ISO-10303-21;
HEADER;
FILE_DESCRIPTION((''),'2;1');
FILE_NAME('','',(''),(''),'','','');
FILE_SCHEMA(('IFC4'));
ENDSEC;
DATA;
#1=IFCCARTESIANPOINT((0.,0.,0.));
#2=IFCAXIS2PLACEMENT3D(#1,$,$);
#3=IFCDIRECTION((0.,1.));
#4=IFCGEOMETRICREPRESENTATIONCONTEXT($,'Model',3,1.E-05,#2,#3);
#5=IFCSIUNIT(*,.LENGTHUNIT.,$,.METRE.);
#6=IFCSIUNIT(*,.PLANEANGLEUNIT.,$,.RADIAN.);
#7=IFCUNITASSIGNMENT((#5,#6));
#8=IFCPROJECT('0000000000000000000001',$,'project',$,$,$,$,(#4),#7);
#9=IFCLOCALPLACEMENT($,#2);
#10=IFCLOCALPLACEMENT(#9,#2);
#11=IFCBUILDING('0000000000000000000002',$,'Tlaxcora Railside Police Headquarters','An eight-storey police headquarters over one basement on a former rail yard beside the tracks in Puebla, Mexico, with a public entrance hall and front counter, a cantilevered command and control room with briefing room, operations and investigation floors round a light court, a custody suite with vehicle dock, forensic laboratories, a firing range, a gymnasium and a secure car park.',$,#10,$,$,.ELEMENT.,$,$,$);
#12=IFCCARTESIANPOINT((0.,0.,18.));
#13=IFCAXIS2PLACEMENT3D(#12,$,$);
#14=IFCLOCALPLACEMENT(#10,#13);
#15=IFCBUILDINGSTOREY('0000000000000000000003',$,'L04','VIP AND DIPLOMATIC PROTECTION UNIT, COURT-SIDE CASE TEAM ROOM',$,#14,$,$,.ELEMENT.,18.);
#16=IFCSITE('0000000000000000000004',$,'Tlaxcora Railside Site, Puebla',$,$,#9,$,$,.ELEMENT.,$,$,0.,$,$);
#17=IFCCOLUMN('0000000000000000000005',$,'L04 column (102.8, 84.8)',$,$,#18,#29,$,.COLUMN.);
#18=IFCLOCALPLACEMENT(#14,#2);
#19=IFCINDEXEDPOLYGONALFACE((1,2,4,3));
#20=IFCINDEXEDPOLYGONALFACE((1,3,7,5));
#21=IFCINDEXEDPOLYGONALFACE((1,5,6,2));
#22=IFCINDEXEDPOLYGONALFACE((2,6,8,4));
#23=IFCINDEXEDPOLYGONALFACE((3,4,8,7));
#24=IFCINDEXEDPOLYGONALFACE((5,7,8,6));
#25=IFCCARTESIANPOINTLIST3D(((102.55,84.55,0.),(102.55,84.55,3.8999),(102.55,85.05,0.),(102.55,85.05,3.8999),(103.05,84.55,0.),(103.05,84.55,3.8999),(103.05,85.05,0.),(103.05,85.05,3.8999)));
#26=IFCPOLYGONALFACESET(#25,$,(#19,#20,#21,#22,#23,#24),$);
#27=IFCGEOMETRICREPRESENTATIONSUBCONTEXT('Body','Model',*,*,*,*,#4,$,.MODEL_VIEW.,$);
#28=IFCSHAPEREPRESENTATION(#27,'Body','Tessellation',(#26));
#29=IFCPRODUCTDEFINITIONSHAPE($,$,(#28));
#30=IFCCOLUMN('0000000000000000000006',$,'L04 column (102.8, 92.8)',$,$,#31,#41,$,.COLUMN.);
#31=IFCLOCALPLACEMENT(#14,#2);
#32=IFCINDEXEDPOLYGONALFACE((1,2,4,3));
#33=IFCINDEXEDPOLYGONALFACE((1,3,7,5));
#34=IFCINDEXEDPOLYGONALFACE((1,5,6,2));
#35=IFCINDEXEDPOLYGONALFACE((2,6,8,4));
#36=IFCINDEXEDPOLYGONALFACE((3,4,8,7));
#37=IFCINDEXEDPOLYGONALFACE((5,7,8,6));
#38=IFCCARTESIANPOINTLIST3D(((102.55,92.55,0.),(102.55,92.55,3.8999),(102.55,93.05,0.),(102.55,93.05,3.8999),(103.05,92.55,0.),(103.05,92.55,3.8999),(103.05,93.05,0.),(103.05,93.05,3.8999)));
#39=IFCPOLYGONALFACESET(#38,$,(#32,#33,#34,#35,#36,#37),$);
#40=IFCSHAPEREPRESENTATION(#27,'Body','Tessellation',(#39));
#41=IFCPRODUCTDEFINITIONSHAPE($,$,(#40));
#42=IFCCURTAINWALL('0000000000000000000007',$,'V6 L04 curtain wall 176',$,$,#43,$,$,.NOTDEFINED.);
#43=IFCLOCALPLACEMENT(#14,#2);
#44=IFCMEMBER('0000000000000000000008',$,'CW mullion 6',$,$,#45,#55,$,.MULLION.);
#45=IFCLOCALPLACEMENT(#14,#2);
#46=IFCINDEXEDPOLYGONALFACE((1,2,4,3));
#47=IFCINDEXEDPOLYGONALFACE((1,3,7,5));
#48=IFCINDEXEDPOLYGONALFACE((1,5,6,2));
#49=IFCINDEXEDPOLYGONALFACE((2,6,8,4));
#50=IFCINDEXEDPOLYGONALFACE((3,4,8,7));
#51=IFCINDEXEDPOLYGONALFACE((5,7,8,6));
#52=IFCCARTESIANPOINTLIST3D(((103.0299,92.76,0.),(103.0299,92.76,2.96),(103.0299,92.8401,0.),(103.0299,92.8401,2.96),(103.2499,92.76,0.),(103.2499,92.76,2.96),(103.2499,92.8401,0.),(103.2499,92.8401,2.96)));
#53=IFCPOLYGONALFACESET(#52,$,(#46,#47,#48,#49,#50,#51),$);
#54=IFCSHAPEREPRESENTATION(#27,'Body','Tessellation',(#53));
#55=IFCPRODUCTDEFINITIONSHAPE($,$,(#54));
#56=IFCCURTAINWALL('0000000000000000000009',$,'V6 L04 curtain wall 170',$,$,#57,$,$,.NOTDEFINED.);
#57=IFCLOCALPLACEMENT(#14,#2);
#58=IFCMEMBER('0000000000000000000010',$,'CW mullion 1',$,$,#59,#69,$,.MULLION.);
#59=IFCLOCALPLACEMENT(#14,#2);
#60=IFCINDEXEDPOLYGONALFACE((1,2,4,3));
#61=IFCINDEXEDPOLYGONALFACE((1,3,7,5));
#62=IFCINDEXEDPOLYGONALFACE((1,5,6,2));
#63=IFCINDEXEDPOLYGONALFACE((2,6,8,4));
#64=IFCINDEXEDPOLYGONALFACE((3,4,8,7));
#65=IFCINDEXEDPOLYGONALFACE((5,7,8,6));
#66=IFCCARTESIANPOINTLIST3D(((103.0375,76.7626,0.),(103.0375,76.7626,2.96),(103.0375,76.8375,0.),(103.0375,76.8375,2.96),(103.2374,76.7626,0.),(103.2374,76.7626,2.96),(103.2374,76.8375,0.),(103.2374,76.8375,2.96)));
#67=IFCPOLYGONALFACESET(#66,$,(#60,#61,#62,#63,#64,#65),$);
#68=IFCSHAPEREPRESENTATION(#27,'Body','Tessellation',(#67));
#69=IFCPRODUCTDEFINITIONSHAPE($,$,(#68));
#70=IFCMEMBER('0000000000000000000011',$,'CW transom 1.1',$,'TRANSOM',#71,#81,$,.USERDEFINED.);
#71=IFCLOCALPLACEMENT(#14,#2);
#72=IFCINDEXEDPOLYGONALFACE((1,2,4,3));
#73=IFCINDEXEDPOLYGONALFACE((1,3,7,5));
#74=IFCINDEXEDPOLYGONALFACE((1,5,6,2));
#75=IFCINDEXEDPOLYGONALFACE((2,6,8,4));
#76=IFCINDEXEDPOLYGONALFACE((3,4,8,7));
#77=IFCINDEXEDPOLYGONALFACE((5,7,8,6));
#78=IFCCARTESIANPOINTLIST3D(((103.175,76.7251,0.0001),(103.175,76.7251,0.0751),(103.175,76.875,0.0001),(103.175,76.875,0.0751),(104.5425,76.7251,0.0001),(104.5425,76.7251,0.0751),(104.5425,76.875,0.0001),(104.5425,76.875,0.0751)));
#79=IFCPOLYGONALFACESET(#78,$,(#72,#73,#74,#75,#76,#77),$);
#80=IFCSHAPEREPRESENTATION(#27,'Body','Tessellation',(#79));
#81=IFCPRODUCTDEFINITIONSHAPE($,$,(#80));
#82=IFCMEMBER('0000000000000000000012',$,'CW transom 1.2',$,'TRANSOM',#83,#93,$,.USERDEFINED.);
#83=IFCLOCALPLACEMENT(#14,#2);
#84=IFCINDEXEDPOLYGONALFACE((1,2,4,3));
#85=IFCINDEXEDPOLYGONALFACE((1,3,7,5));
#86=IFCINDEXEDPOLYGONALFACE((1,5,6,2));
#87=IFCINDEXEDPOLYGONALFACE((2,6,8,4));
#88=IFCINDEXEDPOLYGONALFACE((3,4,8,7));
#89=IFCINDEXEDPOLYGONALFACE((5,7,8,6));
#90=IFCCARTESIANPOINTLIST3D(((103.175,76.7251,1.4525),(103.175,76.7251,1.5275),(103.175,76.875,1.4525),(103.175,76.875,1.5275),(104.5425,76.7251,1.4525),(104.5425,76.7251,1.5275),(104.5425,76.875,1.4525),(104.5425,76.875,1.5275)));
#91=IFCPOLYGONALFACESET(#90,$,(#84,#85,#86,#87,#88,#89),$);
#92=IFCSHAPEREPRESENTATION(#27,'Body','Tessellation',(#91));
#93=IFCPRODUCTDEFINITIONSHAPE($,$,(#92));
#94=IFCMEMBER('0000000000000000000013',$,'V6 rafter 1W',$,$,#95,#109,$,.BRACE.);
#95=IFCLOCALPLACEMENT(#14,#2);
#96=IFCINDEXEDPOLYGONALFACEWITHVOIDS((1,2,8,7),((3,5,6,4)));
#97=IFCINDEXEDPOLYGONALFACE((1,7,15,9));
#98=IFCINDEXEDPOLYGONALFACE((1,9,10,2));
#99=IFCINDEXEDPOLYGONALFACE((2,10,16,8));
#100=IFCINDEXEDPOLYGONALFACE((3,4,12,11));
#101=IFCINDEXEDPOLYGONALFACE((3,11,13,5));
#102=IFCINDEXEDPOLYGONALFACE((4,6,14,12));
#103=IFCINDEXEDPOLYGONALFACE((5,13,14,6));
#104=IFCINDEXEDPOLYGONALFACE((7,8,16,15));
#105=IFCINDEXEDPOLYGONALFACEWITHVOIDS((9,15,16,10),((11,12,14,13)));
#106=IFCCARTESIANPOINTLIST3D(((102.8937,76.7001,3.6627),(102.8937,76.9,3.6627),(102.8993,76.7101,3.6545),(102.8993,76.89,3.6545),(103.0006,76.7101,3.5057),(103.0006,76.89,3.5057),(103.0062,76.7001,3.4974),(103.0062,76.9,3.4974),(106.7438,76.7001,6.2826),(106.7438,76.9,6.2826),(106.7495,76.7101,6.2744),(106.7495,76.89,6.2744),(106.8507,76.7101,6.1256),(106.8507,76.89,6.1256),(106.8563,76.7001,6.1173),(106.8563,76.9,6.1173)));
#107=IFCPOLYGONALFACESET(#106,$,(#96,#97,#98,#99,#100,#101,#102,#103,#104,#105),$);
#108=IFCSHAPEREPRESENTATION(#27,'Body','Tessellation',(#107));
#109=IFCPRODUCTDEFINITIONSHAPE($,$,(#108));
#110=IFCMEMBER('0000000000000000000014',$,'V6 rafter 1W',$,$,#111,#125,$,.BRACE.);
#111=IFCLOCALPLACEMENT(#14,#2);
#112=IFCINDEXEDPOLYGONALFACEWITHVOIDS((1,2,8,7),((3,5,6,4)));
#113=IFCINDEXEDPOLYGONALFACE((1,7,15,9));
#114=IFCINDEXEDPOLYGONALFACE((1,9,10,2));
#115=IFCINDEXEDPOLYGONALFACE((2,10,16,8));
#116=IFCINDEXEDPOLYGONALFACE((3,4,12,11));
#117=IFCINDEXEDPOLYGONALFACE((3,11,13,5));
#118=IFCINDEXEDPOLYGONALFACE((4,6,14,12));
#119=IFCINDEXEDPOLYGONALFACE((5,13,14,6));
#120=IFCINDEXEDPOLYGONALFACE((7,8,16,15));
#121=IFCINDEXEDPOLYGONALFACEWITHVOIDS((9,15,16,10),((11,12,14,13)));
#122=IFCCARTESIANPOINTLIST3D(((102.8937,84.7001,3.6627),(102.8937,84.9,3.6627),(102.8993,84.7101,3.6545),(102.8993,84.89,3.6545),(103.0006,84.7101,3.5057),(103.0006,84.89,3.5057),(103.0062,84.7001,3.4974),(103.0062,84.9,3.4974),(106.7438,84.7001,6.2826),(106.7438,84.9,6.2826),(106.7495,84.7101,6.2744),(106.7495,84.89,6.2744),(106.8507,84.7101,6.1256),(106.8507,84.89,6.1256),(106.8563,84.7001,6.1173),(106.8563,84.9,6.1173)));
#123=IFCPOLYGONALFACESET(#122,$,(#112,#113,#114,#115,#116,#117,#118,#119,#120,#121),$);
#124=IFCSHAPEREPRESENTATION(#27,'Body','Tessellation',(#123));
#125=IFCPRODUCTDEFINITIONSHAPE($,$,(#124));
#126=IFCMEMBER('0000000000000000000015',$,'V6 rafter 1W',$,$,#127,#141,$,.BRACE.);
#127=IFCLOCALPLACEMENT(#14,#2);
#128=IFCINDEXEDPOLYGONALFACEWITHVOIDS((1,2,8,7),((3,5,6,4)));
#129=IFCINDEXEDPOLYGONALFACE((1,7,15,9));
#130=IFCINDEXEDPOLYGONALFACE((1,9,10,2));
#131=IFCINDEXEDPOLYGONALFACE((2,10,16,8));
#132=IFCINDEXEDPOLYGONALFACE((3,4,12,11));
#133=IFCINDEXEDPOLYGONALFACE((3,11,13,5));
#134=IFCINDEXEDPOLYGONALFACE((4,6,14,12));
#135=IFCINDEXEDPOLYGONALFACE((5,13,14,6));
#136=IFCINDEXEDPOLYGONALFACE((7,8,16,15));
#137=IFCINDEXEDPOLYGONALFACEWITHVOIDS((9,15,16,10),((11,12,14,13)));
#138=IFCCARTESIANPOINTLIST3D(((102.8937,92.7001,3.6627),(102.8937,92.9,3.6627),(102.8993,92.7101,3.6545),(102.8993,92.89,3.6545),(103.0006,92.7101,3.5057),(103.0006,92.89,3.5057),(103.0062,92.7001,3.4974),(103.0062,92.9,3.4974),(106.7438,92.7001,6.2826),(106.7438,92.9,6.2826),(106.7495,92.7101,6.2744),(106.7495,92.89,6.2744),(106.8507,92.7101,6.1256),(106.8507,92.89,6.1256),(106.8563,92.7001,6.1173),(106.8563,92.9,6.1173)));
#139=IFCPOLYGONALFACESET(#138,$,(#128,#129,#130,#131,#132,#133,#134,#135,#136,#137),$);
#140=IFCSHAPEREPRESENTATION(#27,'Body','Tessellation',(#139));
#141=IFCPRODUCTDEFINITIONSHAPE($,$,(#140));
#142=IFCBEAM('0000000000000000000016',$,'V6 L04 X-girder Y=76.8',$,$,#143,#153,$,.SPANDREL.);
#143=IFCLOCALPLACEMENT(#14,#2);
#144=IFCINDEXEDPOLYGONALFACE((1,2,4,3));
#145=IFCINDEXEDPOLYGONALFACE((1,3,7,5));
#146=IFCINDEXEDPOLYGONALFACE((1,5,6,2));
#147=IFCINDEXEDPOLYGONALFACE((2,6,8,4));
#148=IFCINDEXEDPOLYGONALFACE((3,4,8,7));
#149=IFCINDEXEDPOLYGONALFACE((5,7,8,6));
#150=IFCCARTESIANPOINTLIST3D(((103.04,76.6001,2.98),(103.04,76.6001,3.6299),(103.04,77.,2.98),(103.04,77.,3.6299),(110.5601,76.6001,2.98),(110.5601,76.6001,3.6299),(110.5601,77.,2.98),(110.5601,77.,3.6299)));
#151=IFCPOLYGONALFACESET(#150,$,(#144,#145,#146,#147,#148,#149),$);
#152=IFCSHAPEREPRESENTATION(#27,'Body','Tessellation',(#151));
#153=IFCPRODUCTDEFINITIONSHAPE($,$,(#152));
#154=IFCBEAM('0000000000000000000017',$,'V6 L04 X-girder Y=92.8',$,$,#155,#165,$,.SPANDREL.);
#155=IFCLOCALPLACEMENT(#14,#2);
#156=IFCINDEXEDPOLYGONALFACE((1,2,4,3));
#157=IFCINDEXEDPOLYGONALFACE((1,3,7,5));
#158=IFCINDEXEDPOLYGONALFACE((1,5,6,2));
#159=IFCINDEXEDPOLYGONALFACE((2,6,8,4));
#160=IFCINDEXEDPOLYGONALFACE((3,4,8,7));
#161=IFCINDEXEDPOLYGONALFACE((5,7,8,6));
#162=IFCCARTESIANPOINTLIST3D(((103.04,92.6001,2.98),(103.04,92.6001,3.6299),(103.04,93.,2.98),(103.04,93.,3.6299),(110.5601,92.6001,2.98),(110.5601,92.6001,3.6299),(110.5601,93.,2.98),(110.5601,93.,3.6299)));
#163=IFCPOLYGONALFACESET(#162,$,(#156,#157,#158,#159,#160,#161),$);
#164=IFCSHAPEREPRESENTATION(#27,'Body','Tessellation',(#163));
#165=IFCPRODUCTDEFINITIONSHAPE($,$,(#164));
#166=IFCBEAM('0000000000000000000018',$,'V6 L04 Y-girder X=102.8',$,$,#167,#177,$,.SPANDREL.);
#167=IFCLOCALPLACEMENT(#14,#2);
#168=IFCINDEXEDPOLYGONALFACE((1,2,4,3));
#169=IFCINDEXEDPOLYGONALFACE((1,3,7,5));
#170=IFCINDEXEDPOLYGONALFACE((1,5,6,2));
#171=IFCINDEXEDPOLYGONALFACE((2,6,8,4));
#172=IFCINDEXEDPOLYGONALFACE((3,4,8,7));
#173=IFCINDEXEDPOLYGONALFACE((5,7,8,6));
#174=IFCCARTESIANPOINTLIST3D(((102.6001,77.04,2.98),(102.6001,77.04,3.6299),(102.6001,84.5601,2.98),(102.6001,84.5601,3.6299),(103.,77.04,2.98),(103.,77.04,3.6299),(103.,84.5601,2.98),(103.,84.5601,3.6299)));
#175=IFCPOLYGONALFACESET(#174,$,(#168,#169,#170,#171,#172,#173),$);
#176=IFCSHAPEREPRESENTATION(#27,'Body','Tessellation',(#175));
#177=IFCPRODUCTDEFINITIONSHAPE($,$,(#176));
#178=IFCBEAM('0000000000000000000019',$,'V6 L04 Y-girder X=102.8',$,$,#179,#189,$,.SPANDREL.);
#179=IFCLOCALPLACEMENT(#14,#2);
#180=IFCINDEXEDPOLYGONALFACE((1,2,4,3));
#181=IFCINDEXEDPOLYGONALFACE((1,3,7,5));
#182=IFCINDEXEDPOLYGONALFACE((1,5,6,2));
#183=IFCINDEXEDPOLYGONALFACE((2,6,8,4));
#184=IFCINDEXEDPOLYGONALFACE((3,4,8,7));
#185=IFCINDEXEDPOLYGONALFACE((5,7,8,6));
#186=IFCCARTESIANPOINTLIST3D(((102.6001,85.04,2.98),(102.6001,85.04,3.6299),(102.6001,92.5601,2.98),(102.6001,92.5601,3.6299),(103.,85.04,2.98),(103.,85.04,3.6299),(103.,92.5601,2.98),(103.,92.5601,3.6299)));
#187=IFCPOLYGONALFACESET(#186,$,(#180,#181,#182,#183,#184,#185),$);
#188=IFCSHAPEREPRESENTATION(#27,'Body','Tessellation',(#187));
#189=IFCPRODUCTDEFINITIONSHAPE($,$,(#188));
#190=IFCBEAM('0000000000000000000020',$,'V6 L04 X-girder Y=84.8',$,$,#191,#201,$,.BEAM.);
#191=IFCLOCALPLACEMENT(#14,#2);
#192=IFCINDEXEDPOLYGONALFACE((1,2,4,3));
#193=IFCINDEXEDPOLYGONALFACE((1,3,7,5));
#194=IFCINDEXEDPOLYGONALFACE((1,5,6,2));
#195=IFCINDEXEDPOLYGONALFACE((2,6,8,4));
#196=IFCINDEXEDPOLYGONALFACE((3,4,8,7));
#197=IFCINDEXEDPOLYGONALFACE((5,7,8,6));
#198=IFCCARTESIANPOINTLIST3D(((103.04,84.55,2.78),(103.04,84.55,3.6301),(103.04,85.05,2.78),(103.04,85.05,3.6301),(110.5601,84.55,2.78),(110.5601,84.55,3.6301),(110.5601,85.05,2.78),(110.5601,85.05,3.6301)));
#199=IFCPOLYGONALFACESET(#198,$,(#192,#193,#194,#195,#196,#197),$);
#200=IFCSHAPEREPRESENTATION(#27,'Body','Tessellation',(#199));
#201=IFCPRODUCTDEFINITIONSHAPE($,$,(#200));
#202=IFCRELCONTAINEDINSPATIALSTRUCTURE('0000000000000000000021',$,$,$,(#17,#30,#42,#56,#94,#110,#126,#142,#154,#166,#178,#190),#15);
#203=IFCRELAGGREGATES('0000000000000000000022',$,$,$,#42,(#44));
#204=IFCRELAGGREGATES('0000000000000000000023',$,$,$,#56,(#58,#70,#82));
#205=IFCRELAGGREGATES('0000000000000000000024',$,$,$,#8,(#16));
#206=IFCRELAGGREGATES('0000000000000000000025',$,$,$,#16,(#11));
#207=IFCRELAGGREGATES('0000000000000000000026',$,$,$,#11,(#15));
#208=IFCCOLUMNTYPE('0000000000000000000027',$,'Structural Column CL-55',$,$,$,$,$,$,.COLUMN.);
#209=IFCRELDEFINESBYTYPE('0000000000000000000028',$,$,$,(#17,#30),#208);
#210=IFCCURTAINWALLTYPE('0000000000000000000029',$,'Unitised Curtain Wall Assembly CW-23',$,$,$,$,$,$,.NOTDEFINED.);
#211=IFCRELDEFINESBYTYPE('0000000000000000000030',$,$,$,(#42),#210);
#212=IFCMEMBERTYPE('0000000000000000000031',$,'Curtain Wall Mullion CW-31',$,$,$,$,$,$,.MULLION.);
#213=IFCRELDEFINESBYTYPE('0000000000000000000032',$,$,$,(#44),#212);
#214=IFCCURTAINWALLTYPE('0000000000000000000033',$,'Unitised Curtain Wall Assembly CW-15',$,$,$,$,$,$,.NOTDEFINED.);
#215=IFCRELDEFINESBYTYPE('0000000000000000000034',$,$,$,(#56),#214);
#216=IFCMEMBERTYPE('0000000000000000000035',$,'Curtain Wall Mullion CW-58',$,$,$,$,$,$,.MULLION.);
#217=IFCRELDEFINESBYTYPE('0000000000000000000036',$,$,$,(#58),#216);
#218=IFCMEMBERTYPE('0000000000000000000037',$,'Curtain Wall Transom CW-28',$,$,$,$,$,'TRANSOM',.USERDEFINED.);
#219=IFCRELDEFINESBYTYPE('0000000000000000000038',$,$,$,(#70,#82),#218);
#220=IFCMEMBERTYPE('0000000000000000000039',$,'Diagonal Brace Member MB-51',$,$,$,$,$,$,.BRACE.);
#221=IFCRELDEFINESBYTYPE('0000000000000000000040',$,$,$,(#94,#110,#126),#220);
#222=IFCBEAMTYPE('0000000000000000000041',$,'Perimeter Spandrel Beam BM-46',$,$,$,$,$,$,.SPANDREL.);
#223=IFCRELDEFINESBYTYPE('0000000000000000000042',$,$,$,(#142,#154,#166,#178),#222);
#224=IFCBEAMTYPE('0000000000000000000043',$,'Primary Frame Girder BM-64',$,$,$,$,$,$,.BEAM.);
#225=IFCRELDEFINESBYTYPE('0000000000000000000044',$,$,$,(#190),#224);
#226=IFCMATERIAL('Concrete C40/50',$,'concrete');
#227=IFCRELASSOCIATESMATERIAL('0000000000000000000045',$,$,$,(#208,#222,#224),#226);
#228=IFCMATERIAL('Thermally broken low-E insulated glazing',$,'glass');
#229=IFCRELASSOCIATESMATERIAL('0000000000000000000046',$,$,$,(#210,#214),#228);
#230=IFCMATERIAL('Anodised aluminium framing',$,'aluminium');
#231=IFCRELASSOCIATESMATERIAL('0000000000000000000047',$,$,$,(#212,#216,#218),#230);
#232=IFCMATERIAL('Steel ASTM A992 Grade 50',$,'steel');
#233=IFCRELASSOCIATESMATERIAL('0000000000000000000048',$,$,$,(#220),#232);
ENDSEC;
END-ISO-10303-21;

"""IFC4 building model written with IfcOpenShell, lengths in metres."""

from ifc_helpers import new_model, si_unit, direction, frame, origin, origin_2d, place, context, subcontext, project, spatial, rectangle, hollow_rectangle, extrude, material, material_profile, profile_set, type_object, element, aggregate, save


model = new_model("IFC4")

# Units and contexts
model_context = context("Model", 3, precision=1e-05, world=origin(), true_north=direction((0.0, 1.0)))
body_context = subcontext(model_context, "Body", "Model", "MODEL_VIEW")
ifc_project = project(units=[si_unit("LENGTHUNIT", "METRE"), si_unit("PLANEANGLEUNIT", "RADIAN")], contexts=[model_context])

# Site, building, storey
site_placement = place(None, origin())
site = spatial("IfcSite", under=ifc_project, at=site_placement, Name="Tlaxcora Railside Site, Puebla", CompositionType="ELEMENT", RefElevation=0.0)
building_placement = place(site_placement, origin())
building = spatial("IfcBuilding", under=site, at=building_placement, Name="Tlaxcora Railside Police Headquarters", Description="An eight-storey police headquarters over one basement on a former rail yard beside the tracks in Puebla, Mexico, with a public entrance hall and front counter, a cantilevered command and control room with briefing room, operations and investigation floors round a light court, a custody suite with vehicle dock, forensic laboratories, a firing range, a gymnasium and a secure car park.", CompositionType="ELEMENT")
storey_placement = place(building_placement, frame((0.0, 0.0, 18.0)))
storey = spatial("IfcBuildingStorey", under=building, at=storey_placement, Name="L04", Description="VIP AND DIPLOMATIC PROTECTION UNIT, COURT-SIDE CASE TEAM ROOM", CompositionType="ELEMENT", Elevation=18.0)

# Columns
ifc_material_1 = material(Name="Concrete C40/50", Category="concrete")
ifc_material_profile_1 = material_profile(ifc_material_1, rectangle(XDim=0.5, YDim=0.5, at=origin_2d()), Name="RC500X500")
ifc_profile_set_1 = profile_set([ifc_material_profile_1], Name="Concrete C40/50")
column_type = type_object("IfcColumnType", Name="Structural Column CL-55", PredefinedType="COLUMN", material=ifc_profile_set_1)
for number, where, z_axis, x_axis, name in (
    (1, (102.8, 84.8, 0.0), (0.0, 0.0, 1.0), (1.0, 0.0, 0.0), "L04 column (102.8, 84.8)"),
    (2, (102.8, 92.8, 0.0), (0.0, 0.0, 1.0), (1.0, 0.0, 0.0), "L04 column (102.8, 92.8)"),
):
    element("IfcColumn", number, at=place(storey_placement, frame(where, z_axis=z_axis, x_axis=x_axis)), inside=storey, type_object=column_type, Name=name, PredefinedType="COLUMN", context=body_context, shape_type="SweptSolid", body=[
        extrude(rectangle(XDim=0.5, YDim=0.5, at=origin_2d()), origin(), (0.0, 0.0, 1.0), 3.8999),
    ])

# Curtain wall, member
ifc_material_2 = material(Name="Thermally broken low-E insulated glazing", Category="glass")
curtain_wall_type_1 = type_object("IfcCurtainWallType", Name="Unitised Curtain Wall Assembly CW-23", PredefinedType="NOTDEFINED", material=ifc_material_2)
curtain_wall_1_placement = place(storey_placement, origin())
curtain_wall_1 = element("IfcCurtainWall", 3, at=curtain_wall_1_placement, inside=storey, type_object=curtain_wall_type_1, Name="V6 L04 curtain wall 176", PredefinedType="NOTDEFINED")
ifc_material_3 = material(Name="Anodised aluminium framing", Category="aluminium")
ifc_material_profile_2 = material_profile(ifc_material_3, rectangle(XDim=0.0801, YDim=0.22, at=origin_2d()), Name="AL80X220")
ifc_profile_set_2 = profile_set([ifc_material_profile_2], Name="Anodised aluminium framing")
member_type_1 = type_object("IfcMemberType", Name="Curtain Wall Mullion CW-31", PredefinedType="MULLION", material=ifc_profile_set_2)
member_1_placement = place(storey_placement, frame((103.1399, 92.8, 0.0), z_axis=(0.0, 0.0, 1.0), x_axis=(0.0, -1.0, 0.0)))
member_1 = element("IfcMember", 4, at=member_1_placement, type_object=member_type_1, Name="CW mullion 6", PredefinedType="MULLION", context=body_context, shape_type="SweptSolid", body=[
    extrude(rectangle(XDim=0.0801, YDim=0.22, at=origin_2d()), origin(), (0.0, 0.0, 1.0), 2.96),
])
aggregate(curtain_wall_1, [member_1])

# Curtain wall, members
curtain_wall_type_2 = type_object("IfcCurtainWallType", Name="Unitised Curtain Wall Assembly CW-15", PredefinedType="NOTDEFINED", material=ifc_material_2)
curtain_wall_2_placement = place(storey_placement, origin())
curtain_wall_2 = element("IfcCurtainWall", 5, at=curtain_wall_2_placement, inside=storey, type_object=curtain_wall_type_2, Name="V6 L04 curtain wall 170", PredefinedType="NOTDEFINED")
ifc_material_profile_3 = material_profile(ifc_material_3, rectangle(XDim=0.075, YDim=0.2, at=origin_2d()), Name="AL75X200")
ifc_profile_set_3 = profile_set([ifc_material_profile_3], Name="Anodised aluminium framing")
member_type_2 = type_object("IfcMemberType", Name="Curtain Wall Mullion CW-58", PredefinedType="MULLION", material=ifc_profile_set_3)
member_2_placement = place(storey_placement, frame((103.1375, 76.8, 0.0), z_axis=(0.0, 0.0, 1.0), x_axis=(0.0, 1.0, 0.0)))
member_2 = element("IfcMember", 6, at=member_2_placement, type_object=member_type_2, Name="CW mullion 1", PredefinedType="MULLION", context=body_context, shape_type="SweptSolid", body=[
    extrude(rectangle(XDim=0.075, YDim=0.2, at=origin_2d()), origin(), (0.0, 0.0, 1.0), 2.96),
])
ifc_material_profile_4 = material_profile(ifc_material_3, rectangle(XDim=0.1499, YDim=0.075, at=origin_2d()), Name="AL75X150")
ifc_profile_set_4 = profile_set([ifc_material_profile_4], Name="Anodised aluminium framing")
member_type_3 = type_object("IfcMemberType", Name="Curtain Wall Transom CW-28", ElementType="TRANSOM", PredefinedType="USERDEFINED", material=ifc_profile_set_4)
member_3_placement = place(storey_placement, frame((103.175, 76.8, 0.0376), z_axis=(1.0, 0.0, 0.0), x_axis=(0.0, 1.0, 0.0)))
member_3 = element("IfcMember", 7, at=member_3_placement, type_object=member_type_3, Name="CW transom 1.1", ObjectType="TRANSOM", PredefinedType="USERDEFINED", context=body_context, shape_type="SweptSolid", body=[
    extrude(rectangle(XDim=0.1499, YDim=0.075, at=origin_2d()), origin(), (0.0, 0.0, 1.0), 1.3674),
])
member_4_placement = place(storey_placement, frame((103.175, 76.8, 1.49), z_axis=(1.0, 0.0, 0.0), x_axis=(0.0, 1.0, 0.0)))
member_4 = element("IfcMember", 8, at=member_4_placement, type_object=member_type_3, Name="CW transom 1.2", ObjectType="TRANSOM", PredefinedType="USERDEFINED", context=body_context, shape_type="SweptSolid", body=[
    extrude(rectangle(XDim=0.1499, YDim=0.075, at=origin_2d()), origin(), (0.0, 0.0, 1.0), 1.3674),
])
aggregate(curtain_wall_2, [member_2, member_3, member_4])

# Members
ifc_material_4 = material(Name="Steel ASTM A992 Grade 50", Category="steel")
ifc_material_profile_5 = material_profile(ifc_material_4, hollow_rectangle(XDim=0.2, YDim=0.2, WallThickness=0.01, at=origin_2d()), Name="HSS200X200X10")
ifc_profile_set_5 = profile_set([ifc_material_profile_5], Name="Steel ASTM A992 Grade 50")
member_type_4 = type_object("IfcMemberType", Name="Diagonal Brace Member MB-51", PredefinedType="BRACE", material=ifc_profile_set_5)
for number, where, z_axis, x_axis, name in (
    (9, (102.95, 76.8, 3.5801), (0.826746, 0.0, 0.562575), (0.0, 1.0, 0.0), "V6 rafter 1W"),
    (10, (102.95, 84.8, 3.5801), (0.826746, 0.0, 0.562575), (0.0, 1.0, 0.0), "V6 rafter 1W"),
    (11, (102.95, 92.8, 3.5801), (0.826746, 0.0, 0.562575), (0.0, 1.0, 0.0), "V6 rafter 1W"),
):
    element("IfcMember", number, at=place(storey_placement, frame(where, z_axis=z_axis, x_axis=x_axis)), inside=storey, type_object=member_type_4, Name=name, PredefinedType="BRACE", context=body_context, shape_type="SweptSolid", body=[
        extrude(hollow_rectangle(XDim=0.2, YDim=0.2, WallThickness=0.01, at=origin_2d()), origin(), (0.0, 0.0, 1.0), 4.657),
    ])

# Beams
ifc_material_profile_6 = material_profile(ifc_material_1, rectangle(XDim=0.3999, YDim=0.6499, at=origin_2d()), Name="RC400X650")
ifc_profile_set_6 = profile_set([ifc_material_profile_6], Name="Concrete C40/50")
beam_type_1 = type_object("IfcBeamType", Name="Perimeter Spandrel Beam BM-46", PredefinedType="SPANDREL", material=ifc_profile_set_6)
for number, where, z_axis, x_axis, name in (
    (12, (103.04, 76.8, 3.3049), (1.0, 0.0, 0.0), (0.0, 1.0, 0.0), "V6 L04 X-girder Y=76.8"),
    (13, (103.04, 92.8, 3.3049), (1.0, 0.0, 0.0), (0.0, 1.0, 0.0), "V6 L04 X-girder Y=92.8"),
    (14, (102.8, 77.04, 3.3049), (0.0, 1.0, 0.0), (-1.0, 0.0, 0.0), "V6 L04 Y-girder X=102.8"),
    (15, (102.8, 85.04, 3.3049), (0.0, 1.0, 0.0), (-1.0, 0.0, 0.0), "V6 L04 Y-girder X=102.8"),
):
    element("IfcBeam", number, at=place(storey_placement, frame(where, z_axis=z_axis, x_axis=x_axis)), inside=storey, type_object=beam_type_1, Name=name, PredefinedType="SPANDREL", context=body_context, shape_type="SweptSolid", body=[
        extrude(rectangle(XDim=0.3999, YDim=0.6499, at=origin_2d()), origin(), (0.0, 0.0, 1.0), 7.52),
    ])
ifc_material_profile_7 = material_profile(ifc_material_1, rectangle(XDim=0.5, YDim=0.8501, at=origin_2d()), Name="RC500X850")
ifc_profile_set_7 = profile_set([ifc_material_profile_7], Name="Concrete C40/50")
beam_type_2 = type_object("IfcBeamType", Name="Primary Frame Girder BM-64", PredefinedType="BEAM", material=ifc_profile_set_7)
beam_placement = place(storey_placement, frame((103.04, 84.8, 3.2051), z_axis=(1.0, 0.0, 0.0), x_axis=(0.0, 1.0, 0.0)))
element("IfcBeam", 16, at=beam_placement, inside=storey, type_object=beam_type_2, Name="V6 L04 X-girder Y=84.8", PredefinedType="BEAM", context=body_context, shape_type="SweptSolid", body=[
    extrude(rectangle(XDim=0.5, YDim=0.8501, at=origin_2d()), origin(), (0.0, 0.0, 1.0), 7.52),
])

save(model, "model.ifc")
